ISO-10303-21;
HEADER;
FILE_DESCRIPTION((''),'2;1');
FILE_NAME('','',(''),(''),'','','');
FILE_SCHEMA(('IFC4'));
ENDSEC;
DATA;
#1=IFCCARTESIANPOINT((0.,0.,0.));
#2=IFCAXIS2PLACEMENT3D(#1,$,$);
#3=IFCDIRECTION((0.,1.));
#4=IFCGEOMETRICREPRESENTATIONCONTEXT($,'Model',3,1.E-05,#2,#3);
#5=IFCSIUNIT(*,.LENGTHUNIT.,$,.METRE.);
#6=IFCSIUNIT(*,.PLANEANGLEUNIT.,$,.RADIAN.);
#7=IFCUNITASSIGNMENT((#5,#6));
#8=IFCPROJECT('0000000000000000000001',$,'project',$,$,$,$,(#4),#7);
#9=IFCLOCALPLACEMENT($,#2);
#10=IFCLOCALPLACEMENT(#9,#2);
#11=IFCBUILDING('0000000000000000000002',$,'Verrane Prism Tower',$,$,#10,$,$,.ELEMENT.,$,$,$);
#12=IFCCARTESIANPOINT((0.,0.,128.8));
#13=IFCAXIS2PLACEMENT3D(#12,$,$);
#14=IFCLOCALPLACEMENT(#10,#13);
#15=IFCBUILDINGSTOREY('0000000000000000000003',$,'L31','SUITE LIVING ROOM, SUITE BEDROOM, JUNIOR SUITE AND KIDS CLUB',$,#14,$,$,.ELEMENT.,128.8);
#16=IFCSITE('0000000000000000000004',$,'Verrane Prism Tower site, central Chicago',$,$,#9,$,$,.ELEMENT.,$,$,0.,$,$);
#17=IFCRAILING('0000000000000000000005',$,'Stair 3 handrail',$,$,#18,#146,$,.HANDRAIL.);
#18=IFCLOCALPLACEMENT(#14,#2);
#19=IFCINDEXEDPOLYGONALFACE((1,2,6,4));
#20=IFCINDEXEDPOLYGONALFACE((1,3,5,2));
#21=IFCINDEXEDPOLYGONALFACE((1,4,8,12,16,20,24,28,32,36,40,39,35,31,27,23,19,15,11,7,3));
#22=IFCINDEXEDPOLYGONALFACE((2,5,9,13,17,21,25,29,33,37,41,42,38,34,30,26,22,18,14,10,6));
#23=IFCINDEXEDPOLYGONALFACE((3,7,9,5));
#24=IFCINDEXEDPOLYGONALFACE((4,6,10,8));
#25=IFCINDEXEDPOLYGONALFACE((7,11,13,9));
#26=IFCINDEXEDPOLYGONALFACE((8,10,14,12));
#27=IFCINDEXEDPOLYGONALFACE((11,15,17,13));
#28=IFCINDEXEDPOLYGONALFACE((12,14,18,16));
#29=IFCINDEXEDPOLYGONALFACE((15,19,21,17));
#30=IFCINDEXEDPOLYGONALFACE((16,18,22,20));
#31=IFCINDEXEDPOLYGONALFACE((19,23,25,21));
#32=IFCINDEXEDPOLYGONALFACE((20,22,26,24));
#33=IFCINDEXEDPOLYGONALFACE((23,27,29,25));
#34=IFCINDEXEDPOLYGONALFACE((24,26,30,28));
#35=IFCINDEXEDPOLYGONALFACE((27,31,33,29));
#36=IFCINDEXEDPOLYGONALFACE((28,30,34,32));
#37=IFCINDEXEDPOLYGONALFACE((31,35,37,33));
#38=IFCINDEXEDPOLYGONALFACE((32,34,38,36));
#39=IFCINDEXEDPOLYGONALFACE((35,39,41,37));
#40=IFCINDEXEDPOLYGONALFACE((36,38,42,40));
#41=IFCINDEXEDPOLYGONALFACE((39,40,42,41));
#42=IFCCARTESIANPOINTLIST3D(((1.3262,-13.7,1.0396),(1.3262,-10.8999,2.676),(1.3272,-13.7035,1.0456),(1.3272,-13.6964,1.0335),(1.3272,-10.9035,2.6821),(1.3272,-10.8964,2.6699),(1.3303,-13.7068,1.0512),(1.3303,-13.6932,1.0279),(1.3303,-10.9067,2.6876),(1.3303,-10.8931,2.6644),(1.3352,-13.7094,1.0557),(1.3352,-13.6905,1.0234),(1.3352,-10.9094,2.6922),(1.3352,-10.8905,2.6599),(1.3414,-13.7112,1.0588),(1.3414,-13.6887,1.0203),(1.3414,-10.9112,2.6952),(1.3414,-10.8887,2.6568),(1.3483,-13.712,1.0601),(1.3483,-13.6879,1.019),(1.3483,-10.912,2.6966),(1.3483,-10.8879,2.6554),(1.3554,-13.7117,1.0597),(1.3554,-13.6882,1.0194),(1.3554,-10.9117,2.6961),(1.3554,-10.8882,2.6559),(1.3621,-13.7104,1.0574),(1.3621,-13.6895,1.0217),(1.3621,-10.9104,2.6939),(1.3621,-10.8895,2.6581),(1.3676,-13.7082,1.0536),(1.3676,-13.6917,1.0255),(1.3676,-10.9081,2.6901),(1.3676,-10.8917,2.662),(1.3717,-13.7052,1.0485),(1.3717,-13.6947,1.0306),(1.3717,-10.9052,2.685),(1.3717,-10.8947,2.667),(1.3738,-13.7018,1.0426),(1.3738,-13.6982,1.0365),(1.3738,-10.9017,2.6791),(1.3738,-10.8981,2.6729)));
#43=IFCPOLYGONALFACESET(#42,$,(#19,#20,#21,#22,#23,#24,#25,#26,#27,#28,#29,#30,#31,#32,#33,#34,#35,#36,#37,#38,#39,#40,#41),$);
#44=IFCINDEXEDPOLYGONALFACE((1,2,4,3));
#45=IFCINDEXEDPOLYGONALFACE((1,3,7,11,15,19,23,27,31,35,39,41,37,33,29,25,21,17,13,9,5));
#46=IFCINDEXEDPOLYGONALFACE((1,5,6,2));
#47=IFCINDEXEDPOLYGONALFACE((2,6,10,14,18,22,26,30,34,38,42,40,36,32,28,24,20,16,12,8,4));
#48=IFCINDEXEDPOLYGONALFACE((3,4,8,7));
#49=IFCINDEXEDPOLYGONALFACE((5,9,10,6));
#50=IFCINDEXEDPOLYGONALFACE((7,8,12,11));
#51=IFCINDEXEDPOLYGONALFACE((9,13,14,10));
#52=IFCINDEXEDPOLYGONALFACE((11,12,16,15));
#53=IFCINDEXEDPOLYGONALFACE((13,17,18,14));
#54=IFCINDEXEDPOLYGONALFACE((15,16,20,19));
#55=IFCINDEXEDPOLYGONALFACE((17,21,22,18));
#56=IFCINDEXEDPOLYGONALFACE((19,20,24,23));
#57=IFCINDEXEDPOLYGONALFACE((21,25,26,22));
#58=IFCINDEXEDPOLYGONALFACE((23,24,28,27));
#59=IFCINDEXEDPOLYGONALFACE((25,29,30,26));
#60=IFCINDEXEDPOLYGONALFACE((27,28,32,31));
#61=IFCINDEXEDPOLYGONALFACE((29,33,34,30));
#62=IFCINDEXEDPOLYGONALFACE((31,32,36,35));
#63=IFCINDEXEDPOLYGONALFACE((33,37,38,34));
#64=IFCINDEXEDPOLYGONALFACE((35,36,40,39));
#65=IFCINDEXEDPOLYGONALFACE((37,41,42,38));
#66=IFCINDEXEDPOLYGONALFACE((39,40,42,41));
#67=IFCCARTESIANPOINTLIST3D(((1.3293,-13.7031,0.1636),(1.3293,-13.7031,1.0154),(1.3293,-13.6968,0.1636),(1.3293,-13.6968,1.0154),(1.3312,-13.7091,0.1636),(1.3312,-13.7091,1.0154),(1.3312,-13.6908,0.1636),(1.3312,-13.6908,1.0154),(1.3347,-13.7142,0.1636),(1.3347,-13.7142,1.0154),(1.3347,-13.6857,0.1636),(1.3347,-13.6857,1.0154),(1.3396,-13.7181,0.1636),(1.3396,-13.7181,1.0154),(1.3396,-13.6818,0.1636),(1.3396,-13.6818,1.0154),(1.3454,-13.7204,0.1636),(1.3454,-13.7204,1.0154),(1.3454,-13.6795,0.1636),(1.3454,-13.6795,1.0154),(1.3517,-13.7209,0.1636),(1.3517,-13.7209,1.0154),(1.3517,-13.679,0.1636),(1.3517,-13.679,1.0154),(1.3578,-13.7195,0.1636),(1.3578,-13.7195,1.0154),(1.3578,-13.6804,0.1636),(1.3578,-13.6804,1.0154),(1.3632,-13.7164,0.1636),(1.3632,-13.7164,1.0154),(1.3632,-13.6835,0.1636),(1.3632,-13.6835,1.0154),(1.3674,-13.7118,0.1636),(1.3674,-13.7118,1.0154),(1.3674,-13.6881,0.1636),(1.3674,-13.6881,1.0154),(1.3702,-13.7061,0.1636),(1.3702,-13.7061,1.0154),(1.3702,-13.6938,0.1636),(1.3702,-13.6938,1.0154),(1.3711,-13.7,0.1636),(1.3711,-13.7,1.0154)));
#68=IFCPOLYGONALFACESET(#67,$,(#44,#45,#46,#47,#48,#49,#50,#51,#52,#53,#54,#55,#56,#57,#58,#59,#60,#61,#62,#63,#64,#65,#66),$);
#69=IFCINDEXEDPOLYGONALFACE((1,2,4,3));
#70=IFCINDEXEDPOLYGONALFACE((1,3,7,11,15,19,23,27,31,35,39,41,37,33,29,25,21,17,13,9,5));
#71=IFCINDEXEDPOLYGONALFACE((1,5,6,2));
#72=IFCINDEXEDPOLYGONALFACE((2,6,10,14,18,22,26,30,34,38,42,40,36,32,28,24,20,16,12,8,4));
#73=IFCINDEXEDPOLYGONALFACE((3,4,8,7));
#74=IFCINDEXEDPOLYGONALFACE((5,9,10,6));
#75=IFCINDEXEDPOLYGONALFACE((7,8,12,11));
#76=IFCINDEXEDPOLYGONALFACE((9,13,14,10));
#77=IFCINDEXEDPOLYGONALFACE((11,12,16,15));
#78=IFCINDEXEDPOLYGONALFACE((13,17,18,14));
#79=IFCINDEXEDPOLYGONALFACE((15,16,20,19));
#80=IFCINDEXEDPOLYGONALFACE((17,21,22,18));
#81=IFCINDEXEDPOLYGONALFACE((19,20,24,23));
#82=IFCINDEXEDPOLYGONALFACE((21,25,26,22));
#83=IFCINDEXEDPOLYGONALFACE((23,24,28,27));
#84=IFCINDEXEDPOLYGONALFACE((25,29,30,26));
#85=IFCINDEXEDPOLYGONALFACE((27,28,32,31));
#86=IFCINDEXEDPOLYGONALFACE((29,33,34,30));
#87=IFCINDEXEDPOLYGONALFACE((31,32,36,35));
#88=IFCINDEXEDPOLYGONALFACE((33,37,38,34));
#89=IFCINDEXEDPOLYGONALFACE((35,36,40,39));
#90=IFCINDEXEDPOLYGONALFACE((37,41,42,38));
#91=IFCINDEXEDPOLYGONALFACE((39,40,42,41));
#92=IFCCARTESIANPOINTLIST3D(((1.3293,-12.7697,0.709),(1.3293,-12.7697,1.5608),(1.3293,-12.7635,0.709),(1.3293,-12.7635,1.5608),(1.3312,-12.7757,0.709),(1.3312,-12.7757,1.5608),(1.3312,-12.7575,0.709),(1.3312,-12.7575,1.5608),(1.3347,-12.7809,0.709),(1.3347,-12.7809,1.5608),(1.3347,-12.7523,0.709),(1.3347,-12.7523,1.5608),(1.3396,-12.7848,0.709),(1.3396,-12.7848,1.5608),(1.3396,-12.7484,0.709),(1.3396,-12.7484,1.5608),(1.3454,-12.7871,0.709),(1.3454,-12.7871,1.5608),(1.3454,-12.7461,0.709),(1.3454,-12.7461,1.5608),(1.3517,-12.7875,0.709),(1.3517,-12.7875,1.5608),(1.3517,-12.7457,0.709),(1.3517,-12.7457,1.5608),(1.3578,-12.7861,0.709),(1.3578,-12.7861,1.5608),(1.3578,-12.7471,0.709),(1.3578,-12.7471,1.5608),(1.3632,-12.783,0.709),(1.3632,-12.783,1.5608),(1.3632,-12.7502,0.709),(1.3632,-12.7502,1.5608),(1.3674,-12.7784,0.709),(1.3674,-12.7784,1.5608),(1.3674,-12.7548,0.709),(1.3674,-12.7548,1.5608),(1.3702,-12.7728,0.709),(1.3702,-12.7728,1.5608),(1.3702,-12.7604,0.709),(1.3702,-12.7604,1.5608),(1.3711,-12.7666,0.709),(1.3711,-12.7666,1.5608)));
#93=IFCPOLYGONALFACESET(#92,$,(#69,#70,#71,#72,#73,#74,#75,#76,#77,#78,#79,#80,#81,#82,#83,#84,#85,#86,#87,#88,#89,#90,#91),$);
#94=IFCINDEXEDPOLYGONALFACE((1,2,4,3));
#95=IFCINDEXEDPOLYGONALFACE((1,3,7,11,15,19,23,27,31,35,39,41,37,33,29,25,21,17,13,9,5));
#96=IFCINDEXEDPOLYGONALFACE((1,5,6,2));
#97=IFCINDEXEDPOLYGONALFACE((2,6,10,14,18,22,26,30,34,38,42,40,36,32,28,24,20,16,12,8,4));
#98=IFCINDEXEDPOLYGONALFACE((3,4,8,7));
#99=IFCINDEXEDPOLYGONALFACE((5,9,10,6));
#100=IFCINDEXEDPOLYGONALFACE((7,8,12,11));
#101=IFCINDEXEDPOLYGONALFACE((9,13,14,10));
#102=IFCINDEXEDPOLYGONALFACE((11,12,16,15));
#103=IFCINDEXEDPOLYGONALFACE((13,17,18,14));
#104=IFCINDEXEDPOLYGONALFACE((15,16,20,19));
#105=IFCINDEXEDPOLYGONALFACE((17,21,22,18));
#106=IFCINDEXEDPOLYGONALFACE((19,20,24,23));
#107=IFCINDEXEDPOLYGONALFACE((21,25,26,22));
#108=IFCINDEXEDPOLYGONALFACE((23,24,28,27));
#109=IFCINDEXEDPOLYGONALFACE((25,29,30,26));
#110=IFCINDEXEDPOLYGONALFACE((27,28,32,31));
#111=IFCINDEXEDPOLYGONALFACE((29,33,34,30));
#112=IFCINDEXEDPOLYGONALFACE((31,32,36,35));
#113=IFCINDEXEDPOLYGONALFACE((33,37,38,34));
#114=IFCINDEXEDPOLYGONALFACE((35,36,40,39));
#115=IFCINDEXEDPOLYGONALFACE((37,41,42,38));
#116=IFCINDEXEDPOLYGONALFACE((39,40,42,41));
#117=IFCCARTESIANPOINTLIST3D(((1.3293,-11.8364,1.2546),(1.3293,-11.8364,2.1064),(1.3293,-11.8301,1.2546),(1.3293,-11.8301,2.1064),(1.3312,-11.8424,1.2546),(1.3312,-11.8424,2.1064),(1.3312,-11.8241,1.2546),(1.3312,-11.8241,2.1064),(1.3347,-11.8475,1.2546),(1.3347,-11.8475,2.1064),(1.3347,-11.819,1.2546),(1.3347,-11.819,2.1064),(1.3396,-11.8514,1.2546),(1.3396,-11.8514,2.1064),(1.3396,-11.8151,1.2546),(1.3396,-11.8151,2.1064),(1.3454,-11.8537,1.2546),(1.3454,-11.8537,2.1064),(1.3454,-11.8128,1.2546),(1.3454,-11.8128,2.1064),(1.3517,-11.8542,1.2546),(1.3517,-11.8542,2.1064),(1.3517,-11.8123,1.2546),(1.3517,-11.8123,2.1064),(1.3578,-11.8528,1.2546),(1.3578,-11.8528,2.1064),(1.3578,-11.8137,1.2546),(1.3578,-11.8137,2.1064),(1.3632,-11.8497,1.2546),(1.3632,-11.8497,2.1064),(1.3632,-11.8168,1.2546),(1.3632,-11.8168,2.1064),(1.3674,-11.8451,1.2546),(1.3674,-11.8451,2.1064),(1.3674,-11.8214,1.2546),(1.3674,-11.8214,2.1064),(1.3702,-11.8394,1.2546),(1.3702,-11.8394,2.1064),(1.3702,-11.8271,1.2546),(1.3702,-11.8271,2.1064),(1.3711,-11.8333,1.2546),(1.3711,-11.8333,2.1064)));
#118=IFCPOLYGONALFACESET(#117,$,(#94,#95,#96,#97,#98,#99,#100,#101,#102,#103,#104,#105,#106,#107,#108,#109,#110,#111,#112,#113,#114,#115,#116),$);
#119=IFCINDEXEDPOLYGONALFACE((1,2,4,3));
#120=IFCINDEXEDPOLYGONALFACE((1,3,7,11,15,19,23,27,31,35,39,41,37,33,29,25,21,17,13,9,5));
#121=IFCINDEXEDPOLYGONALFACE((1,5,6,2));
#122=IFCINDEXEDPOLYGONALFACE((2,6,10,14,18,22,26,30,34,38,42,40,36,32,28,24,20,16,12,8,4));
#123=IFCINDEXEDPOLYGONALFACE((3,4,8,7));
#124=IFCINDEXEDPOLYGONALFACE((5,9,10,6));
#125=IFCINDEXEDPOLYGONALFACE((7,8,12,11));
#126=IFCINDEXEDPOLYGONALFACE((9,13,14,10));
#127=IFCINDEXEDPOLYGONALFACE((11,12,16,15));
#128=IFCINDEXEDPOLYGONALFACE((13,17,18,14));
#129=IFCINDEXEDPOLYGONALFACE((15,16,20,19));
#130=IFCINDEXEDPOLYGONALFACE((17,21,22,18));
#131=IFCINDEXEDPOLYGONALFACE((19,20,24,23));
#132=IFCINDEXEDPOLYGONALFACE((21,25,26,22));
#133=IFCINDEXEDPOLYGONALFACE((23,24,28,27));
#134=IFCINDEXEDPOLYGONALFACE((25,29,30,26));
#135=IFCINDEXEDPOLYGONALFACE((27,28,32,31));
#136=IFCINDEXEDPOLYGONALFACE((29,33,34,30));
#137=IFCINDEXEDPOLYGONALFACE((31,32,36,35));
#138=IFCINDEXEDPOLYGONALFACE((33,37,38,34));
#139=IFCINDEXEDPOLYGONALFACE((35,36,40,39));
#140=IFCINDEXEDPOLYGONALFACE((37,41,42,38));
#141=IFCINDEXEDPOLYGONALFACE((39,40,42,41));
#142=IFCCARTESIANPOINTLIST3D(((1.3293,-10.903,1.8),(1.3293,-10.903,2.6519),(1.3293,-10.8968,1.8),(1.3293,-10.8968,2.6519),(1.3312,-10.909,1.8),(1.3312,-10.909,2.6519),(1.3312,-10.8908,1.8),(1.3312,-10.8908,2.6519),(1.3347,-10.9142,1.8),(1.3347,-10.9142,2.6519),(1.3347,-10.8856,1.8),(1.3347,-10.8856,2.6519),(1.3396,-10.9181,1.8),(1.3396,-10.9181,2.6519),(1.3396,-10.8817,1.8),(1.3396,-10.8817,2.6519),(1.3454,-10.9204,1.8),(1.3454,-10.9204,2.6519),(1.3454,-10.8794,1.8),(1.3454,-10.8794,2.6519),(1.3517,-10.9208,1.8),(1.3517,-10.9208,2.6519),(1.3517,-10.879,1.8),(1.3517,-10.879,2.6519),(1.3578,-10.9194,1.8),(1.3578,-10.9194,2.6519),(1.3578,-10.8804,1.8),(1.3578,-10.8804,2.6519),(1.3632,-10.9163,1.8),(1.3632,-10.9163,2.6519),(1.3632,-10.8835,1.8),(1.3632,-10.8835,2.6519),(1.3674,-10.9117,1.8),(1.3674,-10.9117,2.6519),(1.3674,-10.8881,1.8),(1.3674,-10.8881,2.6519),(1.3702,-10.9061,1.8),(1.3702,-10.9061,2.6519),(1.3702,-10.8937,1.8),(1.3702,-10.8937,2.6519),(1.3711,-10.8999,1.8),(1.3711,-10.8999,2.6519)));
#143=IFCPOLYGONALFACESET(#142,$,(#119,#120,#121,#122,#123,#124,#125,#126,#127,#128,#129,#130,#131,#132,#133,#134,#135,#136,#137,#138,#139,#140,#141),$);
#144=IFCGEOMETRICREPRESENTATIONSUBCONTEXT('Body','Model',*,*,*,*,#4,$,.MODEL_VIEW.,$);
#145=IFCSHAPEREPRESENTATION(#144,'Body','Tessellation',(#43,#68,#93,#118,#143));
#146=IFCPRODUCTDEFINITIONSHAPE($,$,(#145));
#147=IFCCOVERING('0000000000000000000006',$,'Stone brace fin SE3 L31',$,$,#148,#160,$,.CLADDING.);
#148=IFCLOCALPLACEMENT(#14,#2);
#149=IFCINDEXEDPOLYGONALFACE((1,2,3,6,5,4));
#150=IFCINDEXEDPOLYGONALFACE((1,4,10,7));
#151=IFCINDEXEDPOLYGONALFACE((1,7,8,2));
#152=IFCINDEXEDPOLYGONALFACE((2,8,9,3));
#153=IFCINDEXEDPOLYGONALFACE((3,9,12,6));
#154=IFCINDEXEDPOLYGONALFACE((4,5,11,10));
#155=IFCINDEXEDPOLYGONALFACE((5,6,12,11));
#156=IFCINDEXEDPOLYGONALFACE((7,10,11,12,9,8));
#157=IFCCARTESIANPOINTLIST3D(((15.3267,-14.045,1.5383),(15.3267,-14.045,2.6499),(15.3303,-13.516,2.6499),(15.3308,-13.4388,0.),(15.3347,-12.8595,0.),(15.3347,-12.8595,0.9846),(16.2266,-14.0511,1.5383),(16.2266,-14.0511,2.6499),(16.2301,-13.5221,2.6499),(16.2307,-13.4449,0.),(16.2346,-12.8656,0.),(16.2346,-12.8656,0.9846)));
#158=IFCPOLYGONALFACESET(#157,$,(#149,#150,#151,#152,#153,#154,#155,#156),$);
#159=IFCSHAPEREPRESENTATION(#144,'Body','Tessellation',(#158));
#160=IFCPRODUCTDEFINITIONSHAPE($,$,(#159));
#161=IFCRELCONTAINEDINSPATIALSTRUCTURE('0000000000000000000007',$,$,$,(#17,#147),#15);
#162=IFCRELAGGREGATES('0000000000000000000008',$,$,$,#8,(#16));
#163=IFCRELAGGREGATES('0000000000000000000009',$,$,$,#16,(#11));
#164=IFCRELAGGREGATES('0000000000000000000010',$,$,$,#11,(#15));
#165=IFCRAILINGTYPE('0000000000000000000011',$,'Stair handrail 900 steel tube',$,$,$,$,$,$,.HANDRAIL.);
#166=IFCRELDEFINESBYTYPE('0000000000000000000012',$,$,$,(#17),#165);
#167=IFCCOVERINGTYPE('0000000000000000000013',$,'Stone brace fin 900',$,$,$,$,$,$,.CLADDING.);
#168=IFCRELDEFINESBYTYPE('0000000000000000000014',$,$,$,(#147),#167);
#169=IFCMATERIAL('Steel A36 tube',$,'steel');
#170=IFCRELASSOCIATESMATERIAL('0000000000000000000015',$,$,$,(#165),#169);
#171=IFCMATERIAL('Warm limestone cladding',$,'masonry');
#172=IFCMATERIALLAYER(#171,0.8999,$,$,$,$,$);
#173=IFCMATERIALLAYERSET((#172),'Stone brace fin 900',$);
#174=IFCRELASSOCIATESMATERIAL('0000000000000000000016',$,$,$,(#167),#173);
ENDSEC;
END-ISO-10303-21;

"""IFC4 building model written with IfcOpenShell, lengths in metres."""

from ifc_helpers import new_model, si_unit, direction, frame, origin, origin_2d, place, context, subcontext, project, spatial, polyline, circle, outline, extrude, material, layer, layer_set, type_object, element, save


model = new_model("IFC4")

# Units and contexts
model_context = context("Model", 3, precision=1e-05, world=origin(), true_north=direction((0.0, 1.0)))
body_context = subcontext(model_context, "Body", "Model", "MODEL_VIEW")
ifc_project = project(units=[si_unit("LENGTHUNIT", "METRE"), si_unit("PLANEANGLEUNIT", "RADIAN")], contexts=[model_context])

# Site, building, storey
site_placement = place(None, origin())
site = spatial("IfcSite", under=ifc_project, at=site_placement, Name="Verrane Prism Tower site, central Chicago", CompositionType="ELEMENT", RefElevation=0.0)
building_placement = place(site_placement, origin())
building = spatial("IfcBuilding", under=site, at=building_placement, Name="Verrane Prism Tower", CompositionType="ELEMENT")
storey_placement = place(building_placement, frame((0.0, 0.0, 128.8)))
storey = spatial("IfcBuildingStorey", under=building, at=storey_placement, Name="L31", Description="SUITE LIVING ROOM, SUITE BEDROOM, JUNIOR SUITE AND KIDS CLUB", CompositionType="ELEMENT", Elevation=128.8)

# Railing
ifc_material_1 = material(Name="Steel A36 tube", Category="steel")
railing_type_1 = type_object("IfcRailingType", Name="Stair handrail 900 steel tube", PredefinedType="HANDRAIL", material=ifc_material_1)
railing_1_placement = place(storey_placement, frame((1.3501, -13.7, 0.1636)))
element("IfcRailing", 1, at=railing_1_placement, inside=storey, type_object=railing_type_1, Name="Stair 3 handrail", PredefinedType="HANDRAIL", context=body_context, shape_type="SweptSolid", body=[
    extrude(circle(Radius=0.0239, at=origin_2d()), frame((0.0, 0.0, 0.876), z_axis=(0.0, 0.863361, 0.504587), x_axis=(-1.0, 0.0, 0.0)), (0.0, 0.0, 1.0), 3.2432),
    extrude(circle(Radius=0.021, at=origin_2d()), origin(), (0.0, 0.0, 1.0), 0.8518),
    extrude(circle(Radius=0.021, at=origin_2d()), frame((0.0, 0.9333, 0.5454)), (0.0, 0.0, 1.0), 0.8518),
    extrude(circle(Radius=0.021, at=origin_2d()), frame((0.0, 1.8667, 1.0911)), (0.0, 0.0, 1.0), 0.8518),
    extrude(circle(Radius=0.021, at=origin_2d()), frame((0.0, 2.8, 1.6365)), (0.0, 0.0, 1.0), 0.8518),
])

# Covering
ifc_material_2 = material(Name="Warm limestone cladding", Category="masonry")
ifc_layer_1 = layer(ifc_material_2, 0.8999)
ifc_layer_set_1 = layer_set([ifc_layer_1], Name="Stone brace fin 900")
covering_type = type_object("IfcCoveringType", Name="Stone brace fin 900", PredefinedType="CLADDING", material=ifc_layer_set_1)
covering_placement = place(storey_placement, frame((15.7847, -12.8625, 0.0), z_axis=(0.0, 0.0, 1.0), x_axis=(-0.006796, -0.999977, 0.0)))
element("IfcCovering", 2, at=covering_placement, inside=storey, type_object=covering_type, Name="Stone brace fin SE3 L31", PredefinedType="CLADDING", context=body_context, shape_type="SweptSolid", body=[
    extrude(outline(polyline([(1.1855, 2.6499), (0.6565, 2.6499), (0.0, 0.9846), (0.0, 0.0), (0.5793, 0.0), (1.1855, 1.5383), (1.1855, 2.6499)])), frame((0.0, 0.45, 0.0), z_axis=(0.0, -1.0, 0.0), x_axis=(1.0, 0.0, 0.0)), (0.0, 0.0, 1.0), 0.8999),
])

save(model, "model.ifc")
